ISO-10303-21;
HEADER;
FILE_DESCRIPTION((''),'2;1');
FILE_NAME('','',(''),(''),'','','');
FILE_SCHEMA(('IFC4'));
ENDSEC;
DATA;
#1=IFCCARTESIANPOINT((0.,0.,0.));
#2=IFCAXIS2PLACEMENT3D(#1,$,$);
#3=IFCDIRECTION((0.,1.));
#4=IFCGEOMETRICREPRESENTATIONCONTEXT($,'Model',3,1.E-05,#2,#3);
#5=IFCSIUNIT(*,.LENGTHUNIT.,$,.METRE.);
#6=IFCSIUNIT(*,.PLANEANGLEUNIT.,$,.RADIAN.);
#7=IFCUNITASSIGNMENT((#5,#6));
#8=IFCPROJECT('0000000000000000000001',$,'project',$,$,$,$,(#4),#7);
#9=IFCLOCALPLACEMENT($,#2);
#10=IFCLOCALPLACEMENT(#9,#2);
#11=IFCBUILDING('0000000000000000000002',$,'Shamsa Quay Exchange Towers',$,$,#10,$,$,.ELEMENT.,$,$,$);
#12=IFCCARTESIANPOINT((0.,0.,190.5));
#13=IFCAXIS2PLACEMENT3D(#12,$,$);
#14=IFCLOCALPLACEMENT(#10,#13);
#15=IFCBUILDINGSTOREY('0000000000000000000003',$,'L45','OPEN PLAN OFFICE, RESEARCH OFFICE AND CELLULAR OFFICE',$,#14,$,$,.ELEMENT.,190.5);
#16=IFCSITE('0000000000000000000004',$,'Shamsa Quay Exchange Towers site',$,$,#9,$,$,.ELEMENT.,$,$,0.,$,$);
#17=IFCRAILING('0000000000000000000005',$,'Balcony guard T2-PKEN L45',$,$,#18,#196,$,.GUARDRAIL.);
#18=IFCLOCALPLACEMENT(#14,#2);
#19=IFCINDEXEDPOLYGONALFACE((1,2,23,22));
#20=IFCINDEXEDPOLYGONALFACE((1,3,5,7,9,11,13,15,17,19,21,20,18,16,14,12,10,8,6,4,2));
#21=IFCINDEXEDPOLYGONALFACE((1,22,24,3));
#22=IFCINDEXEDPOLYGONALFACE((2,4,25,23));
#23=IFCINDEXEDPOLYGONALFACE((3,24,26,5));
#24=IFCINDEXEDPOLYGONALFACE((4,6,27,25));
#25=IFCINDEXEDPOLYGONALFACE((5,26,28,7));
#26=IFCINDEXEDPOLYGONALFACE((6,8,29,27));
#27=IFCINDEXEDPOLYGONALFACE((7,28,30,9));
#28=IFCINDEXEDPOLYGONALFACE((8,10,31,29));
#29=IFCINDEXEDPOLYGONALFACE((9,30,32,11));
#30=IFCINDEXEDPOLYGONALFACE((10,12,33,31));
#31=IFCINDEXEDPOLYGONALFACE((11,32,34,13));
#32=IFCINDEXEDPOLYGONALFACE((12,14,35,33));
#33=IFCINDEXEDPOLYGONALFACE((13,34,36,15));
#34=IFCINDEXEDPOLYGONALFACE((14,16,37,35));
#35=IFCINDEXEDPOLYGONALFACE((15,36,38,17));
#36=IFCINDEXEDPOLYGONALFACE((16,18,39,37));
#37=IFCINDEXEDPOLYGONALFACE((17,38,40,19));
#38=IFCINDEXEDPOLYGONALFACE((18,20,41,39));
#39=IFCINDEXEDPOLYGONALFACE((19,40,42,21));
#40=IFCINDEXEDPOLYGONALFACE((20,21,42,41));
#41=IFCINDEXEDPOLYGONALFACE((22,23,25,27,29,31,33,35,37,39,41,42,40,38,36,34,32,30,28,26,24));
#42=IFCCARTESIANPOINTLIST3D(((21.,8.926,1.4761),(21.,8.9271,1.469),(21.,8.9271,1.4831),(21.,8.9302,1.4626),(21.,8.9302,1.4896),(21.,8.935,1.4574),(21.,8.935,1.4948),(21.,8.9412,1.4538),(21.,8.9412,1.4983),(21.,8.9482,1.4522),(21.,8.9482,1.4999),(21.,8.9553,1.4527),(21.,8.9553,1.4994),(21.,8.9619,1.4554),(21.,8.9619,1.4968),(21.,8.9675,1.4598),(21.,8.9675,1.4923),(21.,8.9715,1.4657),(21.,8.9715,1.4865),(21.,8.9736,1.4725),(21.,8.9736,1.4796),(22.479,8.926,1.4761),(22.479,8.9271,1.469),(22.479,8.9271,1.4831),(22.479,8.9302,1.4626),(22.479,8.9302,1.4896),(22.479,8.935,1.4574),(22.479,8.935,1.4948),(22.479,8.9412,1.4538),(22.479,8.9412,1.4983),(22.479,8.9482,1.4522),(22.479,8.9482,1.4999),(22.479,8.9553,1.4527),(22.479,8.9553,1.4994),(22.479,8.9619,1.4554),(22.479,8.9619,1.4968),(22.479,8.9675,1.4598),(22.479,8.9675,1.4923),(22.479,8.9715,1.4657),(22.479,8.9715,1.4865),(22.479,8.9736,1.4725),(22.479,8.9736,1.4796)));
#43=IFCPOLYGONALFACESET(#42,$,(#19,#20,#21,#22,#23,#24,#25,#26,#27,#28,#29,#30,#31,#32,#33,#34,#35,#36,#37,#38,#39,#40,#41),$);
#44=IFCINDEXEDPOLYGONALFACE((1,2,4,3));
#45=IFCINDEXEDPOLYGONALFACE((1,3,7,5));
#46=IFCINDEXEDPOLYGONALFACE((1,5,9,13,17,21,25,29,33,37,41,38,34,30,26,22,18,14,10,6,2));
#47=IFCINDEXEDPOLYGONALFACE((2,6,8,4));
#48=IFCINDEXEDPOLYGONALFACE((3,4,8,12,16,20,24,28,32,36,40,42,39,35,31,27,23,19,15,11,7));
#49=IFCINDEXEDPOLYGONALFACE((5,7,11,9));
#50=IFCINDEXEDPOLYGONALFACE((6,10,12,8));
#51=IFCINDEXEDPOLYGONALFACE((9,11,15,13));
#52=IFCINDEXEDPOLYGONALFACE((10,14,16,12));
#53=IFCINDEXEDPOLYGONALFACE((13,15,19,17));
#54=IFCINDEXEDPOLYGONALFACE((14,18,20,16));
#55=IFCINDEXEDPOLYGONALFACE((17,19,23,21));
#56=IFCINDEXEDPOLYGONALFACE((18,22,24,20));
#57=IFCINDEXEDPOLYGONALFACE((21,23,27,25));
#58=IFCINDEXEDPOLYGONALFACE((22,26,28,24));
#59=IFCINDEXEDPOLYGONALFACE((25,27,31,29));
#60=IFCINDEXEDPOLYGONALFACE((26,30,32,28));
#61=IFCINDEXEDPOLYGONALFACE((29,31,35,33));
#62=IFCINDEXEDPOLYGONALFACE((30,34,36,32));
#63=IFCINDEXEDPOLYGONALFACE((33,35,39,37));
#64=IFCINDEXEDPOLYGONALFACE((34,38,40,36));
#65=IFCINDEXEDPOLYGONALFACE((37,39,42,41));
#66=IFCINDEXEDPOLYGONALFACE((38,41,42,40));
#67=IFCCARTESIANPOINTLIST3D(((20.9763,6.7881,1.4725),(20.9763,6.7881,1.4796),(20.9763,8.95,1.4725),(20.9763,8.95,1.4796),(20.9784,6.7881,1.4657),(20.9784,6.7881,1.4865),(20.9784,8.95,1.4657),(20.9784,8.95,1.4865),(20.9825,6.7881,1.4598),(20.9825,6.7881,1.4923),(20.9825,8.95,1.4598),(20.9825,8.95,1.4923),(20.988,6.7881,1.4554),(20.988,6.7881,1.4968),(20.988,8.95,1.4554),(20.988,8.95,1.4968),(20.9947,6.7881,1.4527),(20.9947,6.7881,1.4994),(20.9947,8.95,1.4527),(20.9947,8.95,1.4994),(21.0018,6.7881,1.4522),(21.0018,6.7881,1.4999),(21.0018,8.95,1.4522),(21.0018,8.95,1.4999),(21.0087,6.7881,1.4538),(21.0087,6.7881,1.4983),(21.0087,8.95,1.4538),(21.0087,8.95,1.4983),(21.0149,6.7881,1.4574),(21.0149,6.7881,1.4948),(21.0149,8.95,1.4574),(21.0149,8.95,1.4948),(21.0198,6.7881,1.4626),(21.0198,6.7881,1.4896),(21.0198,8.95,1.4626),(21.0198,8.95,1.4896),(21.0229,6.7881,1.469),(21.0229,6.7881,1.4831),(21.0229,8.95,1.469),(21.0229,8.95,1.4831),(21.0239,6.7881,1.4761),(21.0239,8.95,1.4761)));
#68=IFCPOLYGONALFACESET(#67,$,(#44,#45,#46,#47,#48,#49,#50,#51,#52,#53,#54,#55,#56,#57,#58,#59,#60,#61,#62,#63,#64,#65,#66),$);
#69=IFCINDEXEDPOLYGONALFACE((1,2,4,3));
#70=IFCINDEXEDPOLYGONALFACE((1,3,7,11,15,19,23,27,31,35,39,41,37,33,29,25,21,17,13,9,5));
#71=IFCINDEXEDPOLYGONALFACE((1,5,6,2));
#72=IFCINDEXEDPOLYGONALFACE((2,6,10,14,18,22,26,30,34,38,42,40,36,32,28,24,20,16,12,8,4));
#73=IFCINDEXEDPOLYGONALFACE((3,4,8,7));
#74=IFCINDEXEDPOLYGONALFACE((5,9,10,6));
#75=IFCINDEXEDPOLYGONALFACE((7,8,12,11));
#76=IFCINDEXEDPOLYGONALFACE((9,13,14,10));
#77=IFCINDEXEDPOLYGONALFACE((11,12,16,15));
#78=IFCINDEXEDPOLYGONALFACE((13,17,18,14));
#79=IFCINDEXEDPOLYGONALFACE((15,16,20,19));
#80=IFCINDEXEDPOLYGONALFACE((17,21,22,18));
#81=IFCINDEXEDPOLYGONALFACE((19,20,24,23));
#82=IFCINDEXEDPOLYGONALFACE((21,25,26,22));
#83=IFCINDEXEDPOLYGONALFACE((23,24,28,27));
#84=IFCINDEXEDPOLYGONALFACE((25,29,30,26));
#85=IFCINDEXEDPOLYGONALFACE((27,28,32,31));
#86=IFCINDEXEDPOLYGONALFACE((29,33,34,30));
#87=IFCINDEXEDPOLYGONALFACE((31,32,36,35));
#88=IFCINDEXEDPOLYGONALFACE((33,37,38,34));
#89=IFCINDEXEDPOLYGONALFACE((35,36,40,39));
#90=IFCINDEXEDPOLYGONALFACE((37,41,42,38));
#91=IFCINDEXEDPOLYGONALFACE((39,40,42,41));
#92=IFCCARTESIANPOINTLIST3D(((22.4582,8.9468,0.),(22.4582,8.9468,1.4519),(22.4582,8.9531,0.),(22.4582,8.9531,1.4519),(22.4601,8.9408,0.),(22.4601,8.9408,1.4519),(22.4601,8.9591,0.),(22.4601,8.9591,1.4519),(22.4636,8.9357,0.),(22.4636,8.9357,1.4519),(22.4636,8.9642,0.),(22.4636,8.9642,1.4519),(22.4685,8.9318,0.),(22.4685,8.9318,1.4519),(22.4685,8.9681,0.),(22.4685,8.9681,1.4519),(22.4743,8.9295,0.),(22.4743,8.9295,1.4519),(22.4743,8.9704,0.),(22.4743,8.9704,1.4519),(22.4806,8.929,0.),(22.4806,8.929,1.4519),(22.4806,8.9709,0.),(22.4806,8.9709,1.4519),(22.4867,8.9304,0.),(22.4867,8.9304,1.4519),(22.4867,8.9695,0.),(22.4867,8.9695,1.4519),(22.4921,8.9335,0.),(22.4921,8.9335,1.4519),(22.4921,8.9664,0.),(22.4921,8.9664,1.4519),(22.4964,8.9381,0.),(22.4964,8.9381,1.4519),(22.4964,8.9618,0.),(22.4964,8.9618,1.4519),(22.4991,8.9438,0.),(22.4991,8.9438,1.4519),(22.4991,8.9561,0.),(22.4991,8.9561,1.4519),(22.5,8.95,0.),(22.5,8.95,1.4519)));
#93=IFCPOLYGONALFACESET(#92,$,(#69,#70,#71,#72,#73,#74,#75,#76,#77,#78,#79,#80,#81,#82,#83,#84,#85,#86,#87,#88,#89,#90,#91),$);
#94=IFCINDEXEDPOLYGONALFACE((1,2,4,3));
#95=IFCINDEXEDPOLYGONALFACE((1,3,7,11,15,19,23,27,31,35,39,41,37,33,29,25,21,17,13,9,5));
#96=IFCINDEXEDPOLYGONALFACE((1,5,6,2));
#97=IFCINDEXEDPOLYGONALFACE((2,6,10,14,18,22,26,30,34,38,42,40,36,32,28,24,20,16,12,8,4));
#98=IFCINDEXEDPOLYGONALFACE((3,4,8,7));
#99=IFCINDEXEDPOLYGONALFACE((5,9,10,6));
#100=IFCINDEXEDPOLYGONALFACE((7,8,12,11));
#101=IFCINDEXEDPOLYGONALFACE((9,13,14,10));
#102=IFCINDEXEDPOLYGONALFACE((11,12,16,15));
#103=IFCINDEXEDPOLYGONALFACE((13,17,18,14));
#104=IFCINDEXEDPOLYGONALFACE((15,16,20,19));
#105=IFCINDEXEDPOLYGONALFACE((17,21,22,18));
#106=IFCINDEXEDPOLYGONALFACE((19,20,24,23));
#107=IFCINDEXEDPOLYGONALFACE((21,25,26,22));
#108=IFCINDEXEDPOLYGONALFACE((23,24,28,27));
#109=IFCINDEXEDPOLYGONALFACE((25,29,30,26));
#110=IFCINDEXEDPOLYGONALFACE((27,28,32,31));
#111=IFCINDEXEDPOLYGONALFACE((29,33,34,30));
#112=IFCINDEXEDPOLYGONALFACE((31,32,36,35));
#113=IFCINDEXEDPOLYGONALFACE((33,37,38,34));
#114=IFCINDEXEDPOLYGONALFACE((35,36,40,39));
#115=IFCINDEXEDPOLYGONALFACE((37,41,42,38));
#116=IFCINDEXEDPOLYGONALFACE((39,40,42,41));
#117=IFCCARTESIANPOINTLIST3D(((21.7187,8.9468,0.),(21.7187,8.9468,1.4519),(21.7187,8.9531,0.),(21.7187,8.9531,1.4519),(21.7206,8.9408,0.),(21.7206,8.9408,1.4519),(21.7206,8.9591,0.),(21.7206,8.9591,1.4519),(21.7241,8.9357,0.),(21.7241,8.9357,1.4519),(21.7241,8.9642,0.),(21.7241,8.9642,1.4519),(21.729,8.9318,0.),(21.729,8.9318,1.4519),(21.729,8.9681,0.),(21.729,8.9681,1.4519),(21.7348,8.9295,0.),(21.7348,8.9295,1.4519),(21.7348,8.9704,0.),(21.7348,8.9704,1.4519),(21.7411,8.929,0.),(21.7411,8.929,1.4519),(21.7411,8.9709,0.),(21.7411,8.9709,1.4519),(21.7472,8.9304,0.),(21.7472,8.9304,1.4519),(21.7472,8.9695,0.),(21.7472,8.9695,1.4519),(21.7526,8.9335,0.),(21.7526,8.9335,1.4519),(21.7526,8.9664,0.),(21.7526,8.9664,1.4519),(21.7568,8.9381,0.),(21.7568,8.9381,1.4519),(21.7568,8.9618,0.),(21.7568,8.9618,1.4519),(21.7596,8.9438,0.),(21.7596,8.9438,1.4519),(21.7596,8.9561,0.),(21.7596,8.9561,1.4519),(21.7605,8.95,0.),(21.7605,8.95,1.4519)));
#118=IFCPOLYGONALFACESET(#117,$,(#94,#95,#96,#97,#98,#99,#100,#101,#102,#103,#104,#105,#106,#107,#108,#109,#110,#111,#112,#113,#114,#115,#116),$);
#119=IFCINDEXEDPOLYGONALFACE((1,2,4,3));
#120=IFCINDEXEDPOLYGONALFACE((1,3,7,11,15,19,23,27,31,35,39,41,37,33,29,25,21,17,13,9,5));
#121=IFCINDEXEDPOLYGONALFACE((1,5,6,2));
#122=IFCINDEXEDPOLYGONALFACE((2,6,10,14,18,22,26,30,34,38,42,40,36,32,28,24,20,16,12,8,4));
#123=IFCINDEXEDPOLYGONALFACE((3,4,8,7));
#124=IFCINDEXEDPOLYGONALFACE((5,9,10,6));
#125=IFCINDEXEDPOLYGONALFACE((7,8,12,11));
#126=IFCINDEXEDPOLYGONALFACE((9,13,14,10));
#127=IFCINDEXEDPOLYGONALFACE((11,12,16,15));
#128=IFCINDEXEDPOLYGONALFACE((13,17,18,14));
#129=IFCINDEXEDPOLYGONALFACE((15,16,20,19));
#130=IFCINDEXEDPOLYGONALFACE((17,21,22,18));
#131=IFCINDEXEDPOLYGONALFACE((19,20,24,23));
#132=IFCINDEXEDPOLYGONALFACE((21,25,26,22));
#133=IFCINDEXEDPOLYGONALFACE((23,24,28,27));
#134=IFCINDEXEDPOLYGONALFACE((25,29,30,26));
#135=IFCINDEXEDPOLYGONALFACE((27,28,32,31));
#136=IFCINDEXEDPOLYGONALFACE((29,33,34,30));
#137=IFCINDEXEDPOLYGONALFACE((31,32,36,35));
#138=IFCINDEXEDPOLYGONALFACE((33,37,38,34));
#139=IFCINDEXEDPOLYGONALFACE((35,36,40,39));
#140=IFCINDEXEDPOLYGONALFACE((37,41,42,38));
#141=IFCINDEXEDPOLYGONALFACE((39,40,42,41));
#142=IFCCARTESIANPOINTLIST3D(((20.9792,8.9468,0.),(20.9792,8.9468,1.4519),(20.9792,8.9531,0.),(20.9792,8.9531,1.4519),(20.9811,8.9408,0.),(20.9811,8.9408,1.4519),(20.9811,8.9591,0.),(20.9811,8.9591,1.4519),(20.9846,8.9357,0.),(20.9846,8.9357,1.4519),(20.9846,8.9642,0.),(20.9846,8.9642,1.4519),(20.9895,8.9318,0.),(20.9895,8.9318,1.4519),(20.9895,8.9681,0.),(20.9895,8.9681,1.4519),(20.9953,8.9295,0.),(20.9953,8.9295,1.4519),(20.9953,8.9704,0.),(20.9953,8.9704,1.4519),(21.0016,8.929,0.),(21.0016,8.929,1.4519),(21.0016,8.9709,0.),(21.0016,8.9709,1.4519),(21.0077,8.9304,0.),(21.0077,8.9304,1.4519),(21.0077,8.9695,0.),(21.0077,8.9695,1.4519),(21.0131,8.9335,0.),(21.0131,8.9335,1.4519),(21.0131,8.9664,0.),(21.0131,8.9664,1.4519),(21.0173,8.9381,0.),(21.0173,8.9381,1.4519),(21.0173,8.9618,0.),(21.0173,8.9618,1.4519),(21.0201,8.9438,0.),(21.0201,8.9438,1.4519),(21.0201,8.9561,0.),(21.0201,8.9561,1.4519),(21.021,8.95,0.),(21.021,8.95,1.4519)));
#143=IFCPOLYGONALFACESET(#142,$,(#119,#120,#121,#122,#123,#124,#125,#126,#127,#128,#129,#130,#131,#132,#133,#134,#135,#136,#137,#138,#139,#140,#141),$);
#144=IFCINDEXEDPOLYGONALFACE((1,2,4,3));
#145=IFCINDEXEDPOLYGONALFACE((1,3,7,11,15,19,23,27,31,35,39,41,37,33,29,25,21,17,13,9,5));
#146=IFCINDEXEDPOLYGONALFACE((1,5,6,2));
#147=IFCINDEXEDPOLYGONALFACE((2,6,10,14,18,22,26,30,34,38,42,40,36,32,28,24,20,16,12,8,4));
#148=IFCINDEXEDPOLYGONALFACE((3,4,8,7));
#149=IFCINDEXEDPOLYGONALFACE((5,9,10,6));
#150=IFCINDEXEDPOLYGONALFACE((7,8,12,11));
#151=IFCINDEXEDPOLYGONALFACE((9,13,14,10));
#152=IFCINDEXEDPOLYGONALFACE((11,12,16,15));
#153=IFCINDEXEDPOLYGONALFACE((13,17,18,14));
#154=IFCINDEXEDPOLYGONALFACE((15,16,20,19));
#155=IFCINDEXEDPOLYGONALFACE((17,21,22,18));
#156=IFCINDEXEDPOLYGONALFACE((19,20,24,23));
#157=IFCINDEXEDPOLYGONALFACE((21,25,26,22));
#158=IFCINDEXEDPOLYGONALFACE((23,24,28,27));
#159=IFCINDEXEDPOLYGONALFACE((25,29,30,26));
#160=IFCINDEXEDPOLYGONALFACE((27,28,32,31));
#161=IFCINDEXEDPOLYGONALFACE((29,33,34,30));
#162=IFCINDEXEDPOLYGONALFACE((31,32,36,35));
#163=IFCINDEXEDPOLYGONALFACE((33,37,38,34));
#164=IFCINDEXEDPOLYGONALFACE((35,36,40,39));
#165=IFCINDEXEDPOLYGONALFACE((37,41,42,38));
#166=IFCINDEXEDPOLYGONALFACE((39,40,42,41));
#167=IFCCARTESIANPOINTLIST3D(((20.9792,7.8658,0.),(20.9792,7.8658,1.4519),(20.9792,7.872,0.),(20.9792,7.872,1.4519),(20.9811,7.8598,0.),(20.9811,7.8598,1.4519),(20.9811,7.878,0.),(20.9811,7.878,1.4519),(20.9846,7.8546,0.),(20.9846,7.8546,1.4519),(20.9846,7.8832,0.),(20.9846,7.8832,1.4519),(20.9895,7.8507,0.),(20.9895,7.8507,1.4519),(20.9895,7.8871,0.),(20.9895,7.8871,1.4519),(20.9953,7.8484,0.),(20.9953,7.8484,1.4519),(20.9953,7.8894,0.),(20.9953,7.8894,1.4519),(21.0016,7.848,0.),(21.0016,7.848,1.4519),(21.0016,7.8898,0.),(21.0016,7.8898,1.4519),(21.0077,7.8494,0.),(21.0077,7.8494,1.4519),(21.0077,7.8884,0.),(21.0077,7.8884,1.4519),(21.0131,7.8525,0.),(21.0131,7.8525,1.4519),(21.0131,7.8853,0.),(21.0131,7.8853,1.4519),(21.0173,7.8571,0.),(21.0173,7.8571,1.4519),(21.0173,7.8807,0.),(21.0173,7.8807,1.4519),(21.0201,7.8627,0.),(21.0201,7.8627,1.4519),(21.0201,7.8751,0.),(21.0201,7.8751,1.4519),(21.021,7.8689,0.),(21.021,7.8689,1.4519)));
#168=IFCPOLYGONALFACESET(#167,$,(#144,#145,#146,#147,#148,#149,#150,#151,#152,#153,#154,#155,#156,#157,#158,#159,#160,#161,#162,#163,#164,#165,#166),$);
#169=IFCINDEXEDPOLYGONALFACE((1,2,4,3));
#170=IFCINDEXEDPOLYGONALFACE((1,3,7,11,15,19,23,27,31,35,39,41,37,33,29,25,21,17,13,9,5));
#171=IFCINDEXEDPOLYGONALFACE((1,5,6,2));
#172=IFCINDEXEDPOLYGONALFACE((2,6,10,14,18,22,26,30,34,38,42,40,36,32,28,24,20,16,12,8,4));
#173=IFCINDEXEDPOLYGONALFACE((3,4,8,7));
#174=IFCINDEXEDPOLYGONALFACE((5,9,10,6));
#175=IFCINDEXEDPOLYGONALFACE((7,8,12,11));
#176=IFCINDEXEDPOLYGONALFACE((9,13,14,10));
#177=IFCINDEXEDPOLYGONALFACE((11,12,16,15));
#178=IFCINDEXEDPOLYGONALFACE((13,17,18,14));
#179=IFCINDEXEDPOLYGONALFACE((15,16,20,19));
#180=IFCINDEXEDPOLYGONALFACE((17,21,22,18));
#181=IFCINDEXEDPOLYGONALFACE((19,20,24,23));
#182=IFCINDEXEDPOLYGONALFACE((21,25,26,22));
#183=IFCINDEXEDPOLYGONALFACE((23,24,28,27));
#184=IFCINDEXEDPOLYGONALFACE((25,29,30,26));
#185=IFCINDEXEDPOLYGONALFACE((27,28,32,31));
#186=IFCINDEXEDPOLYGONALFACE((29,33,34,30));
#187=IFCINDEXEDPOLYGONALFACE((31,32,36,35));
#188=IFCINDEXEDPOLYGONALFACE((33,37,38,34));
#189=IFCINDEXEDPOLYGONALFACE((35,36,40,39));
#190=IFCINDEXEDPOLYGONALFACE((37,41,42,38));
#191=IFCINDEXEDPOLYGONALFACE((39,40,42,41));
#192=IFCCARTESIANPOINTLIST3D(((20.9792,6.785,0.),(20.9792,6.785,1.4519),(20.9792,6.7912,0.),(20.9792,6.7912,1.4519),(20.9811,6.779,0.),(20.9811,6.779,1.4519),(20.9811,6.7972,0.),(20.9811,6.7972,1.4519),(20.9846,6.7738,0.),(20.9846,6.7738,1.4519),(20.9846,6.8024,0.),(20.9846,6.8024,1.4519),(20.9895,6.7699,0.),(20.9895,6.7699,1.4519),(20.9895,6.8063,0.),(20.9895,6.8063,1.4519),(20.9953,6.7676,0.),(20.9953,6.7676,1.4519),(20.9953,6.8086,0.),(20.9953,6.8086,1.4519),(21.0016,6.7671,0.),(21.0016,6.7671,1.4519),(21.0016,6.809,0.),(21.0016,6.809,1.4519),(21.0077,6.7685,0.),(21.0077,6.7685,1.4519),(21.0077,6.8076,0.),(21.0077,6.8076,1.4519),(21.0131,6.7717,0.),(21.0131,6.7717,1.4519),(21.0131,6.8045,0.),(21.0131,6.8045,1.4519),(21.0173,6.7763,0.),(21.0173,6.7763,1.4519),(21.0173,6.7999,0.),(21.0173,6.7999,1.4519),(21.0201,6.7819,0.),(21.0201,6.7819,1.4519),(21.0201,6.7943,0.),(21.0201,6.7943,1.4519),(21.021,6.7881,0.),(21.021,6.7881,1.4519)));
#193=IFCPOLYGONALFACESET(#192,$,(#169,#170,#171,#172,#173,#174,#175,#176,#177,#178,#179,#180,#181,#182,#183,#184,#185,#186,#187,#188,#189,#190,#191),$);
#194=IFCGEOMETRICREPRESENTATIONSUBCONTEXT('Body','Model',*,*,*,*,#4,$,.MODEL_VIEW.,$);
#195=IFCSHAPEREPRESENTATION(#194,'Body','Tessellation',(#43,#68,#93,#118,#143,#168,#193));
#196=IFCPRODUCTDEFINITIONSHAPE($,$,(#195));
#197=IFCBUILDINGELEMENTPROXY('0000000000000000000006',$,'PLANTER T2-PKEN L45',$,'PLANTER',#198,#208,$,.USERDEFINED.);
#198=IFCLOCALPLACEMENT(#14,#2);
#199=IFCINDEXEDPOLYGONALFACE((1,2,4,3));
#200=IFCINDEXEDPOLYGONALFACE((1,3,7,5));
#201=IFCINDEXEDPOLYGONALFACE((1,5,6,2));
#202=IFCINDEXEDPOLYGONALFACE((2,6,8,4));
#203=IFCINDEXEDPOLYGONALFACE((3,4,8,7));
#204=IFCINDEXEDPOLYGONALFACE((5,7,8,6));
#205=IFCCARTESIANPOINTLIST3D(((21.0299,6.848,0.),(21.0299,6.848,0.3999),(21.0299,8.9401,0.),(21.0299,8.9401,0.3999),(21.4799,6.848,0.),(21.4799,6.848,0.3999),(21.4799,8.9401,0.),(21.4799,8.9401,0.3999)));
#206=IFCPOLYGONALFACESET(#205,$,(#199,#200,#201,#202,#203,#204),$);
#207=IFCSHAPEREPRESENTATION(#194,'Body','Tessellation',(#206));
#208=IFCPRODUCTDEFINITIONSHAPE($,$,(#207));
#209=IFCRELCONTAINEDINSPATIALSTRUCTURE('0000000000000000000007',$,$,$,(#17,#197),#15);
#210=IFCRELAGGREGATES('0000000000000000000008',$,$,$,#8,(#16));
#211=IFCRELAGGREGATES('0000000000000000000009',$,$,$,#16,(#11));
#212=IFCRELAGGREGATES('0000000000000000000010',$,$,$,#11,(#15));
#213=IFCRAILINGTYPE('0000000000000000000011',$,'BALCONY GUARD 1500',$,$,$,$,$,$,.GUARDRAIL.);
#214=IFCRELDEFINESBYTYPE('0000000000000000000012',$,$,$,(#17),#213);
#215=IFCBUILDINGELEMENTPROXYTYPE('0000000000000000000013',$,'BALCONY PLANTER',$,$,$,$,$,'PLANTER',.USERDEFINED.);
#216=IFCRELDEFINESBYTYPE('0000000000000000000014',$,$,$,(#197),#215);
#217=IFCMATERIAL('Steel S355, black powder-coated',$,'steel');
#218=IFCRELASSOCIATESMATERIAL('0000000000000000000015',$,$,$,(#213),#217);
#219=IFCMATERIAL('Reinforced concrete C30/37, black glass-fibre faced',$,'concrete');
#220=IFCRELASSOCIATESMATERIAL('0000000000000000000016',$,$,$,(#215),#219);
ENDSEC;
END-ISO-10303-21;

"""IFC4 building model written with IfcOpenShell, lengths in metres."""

from ifc_helpers import new_model, si_unit, direction, frame, origin, origin_2d, place, context, subcontext, project, spatial, rectangle, circle, extrude, material, type_object, element, save


model = new_model("IFC4")

# Units and contexts
model_context = context("Model", 3, precision=1e-05, world=origin(), true_north=direction((0.0, 1.0)))
body_context = subcontext(model_context, "Body", "Model", "MODEL_VIEW")
ifc_project = project(units=[si_unit("LENGTHUNIT", "METRE"), si_unit("PLANEANGLEUNIT", "RADIAN")], contexts=[model_context])

# Site, building, storey
site_placement = place(None, origin())
site = spatial("IfcSite", under=ifc_project, at=site_placement, Name="Shamsa Quay Exchange Towers site", CompositionType="ELEMENT", RefElevation=0.0)
building_placement = place(site_placement, origin())
building = spatial("IfcBuilding", under=site, at=building_placement, Name="Shamsa Quay Exchange Towers", CompositionType="ELEMENT")
storey_placement = place(building_placement, frame((0.0, 0.0, 190.5)))
storey = spatial("IfcBuildingStorey", under=building, at=storey_placement, Name="L45", Description="OPEN PLAN OFFICE, RESEARCH OFFICE AND CELLULAR OFFICE", CompositionType="ELEMENT", Elevation=190.5)

# Railing
ifc_material_1 = material(Name="Steel S355, black powder-coated", Category="steel")
railing_type = type_object("IfcRailingType", Name="BALCONY GUARD 1500", PredefinedType="GUARDRAIL", material=ifc_material_1)
railing_placement = place(storey_placement, frame((22.479, 8.95, 0.0)))
element("IfcRailing", 1, at=railing_placement, inside=storey, type_object=railing_type, Name="Balcony guard T2-PKEN L45", PredefinedType="GUARDRAIL", context=body_context, shape_type="SweptSolid", body=[
    extrude(circle(Radius=0.0239, at=origin_2d()), frame((0.0, 0.0, 1.4761), z_axis=(-1.0, 0.0, 0.0), x_axis=(0.0, -1.0, 0.0)), (0.0, 0.0, 1.0), 1.479),
    extrude(circle(Radius=0.0239, at=origin_2d()), frame((-1.479, 0.0, 1.4761), z_axis=(0.0, -1.0, 0.0), x_axis=(1.0, 0.0, 0.0)), (0.0, 0.0, 1.0), 2.1619),
    extrude(circle(Radius=0.021, at=origin_2d()), origin(), (0.0, 0.0, 1.0), 1.4519),
    extrude(circle(Radius=0.021, at=origin_2d()), frame((-0.7395, 0.0, 0.0)), (0.0, 0.0, 1.0), 1.4519),
    extrude(circle(Radius=0.021, at=origin_2d()), frame((-1.479, 0.0, 0.0)), (0.0, 0.0, 1.0), 1.4519),
    extrude(circle(Radius=0.021, at=origin_2d()), frame((-1.479, -1.0811, 0.0)), (0.0, 0.0, 1.0), 1.4519),
    extrude(circle(Radius=0.021, at=origin_2d()), frame((-1.479, -2.1619, 0.0)), (0.0, 0.0, 1.0), 1.4519),
])

# Building element proxy
ifc_material_2 = material(Name="Reinforced concrete C30/37, black glass-fibre faced", Category="concrete")
building_element_proxy_type = type_object("IfcBuildingElementProxyType", Name="BALCONY PLANTER", ElementType="PLANTER", PredefinedType="USERDEFINED", material=ifc_material_2)
proxy_placement = place(storey_placement, frame((21.2549, 7.894, 0.0), z_axis=(0.0, 0.0, 1.0), x_axis=(0.0, -1.0, 0.0)))
element("IfcBuildingElementProxy", 2, at=proxy_placement, inside=storey, type_object=building_element_proxy_type, Name="PLANTER T2-PKEN L45", ObjectType="PLANTER", PredefinedType="USERDEFINED", context=body_context, shape_type="SweptSolid", body=[
    extrude(rectangle(XDim=2.092, YDim=0.45, at=origin_2d()), origin(), (0.0, 0.0, 1.0), 0.3999),
])

save(model, "model.ifc")
